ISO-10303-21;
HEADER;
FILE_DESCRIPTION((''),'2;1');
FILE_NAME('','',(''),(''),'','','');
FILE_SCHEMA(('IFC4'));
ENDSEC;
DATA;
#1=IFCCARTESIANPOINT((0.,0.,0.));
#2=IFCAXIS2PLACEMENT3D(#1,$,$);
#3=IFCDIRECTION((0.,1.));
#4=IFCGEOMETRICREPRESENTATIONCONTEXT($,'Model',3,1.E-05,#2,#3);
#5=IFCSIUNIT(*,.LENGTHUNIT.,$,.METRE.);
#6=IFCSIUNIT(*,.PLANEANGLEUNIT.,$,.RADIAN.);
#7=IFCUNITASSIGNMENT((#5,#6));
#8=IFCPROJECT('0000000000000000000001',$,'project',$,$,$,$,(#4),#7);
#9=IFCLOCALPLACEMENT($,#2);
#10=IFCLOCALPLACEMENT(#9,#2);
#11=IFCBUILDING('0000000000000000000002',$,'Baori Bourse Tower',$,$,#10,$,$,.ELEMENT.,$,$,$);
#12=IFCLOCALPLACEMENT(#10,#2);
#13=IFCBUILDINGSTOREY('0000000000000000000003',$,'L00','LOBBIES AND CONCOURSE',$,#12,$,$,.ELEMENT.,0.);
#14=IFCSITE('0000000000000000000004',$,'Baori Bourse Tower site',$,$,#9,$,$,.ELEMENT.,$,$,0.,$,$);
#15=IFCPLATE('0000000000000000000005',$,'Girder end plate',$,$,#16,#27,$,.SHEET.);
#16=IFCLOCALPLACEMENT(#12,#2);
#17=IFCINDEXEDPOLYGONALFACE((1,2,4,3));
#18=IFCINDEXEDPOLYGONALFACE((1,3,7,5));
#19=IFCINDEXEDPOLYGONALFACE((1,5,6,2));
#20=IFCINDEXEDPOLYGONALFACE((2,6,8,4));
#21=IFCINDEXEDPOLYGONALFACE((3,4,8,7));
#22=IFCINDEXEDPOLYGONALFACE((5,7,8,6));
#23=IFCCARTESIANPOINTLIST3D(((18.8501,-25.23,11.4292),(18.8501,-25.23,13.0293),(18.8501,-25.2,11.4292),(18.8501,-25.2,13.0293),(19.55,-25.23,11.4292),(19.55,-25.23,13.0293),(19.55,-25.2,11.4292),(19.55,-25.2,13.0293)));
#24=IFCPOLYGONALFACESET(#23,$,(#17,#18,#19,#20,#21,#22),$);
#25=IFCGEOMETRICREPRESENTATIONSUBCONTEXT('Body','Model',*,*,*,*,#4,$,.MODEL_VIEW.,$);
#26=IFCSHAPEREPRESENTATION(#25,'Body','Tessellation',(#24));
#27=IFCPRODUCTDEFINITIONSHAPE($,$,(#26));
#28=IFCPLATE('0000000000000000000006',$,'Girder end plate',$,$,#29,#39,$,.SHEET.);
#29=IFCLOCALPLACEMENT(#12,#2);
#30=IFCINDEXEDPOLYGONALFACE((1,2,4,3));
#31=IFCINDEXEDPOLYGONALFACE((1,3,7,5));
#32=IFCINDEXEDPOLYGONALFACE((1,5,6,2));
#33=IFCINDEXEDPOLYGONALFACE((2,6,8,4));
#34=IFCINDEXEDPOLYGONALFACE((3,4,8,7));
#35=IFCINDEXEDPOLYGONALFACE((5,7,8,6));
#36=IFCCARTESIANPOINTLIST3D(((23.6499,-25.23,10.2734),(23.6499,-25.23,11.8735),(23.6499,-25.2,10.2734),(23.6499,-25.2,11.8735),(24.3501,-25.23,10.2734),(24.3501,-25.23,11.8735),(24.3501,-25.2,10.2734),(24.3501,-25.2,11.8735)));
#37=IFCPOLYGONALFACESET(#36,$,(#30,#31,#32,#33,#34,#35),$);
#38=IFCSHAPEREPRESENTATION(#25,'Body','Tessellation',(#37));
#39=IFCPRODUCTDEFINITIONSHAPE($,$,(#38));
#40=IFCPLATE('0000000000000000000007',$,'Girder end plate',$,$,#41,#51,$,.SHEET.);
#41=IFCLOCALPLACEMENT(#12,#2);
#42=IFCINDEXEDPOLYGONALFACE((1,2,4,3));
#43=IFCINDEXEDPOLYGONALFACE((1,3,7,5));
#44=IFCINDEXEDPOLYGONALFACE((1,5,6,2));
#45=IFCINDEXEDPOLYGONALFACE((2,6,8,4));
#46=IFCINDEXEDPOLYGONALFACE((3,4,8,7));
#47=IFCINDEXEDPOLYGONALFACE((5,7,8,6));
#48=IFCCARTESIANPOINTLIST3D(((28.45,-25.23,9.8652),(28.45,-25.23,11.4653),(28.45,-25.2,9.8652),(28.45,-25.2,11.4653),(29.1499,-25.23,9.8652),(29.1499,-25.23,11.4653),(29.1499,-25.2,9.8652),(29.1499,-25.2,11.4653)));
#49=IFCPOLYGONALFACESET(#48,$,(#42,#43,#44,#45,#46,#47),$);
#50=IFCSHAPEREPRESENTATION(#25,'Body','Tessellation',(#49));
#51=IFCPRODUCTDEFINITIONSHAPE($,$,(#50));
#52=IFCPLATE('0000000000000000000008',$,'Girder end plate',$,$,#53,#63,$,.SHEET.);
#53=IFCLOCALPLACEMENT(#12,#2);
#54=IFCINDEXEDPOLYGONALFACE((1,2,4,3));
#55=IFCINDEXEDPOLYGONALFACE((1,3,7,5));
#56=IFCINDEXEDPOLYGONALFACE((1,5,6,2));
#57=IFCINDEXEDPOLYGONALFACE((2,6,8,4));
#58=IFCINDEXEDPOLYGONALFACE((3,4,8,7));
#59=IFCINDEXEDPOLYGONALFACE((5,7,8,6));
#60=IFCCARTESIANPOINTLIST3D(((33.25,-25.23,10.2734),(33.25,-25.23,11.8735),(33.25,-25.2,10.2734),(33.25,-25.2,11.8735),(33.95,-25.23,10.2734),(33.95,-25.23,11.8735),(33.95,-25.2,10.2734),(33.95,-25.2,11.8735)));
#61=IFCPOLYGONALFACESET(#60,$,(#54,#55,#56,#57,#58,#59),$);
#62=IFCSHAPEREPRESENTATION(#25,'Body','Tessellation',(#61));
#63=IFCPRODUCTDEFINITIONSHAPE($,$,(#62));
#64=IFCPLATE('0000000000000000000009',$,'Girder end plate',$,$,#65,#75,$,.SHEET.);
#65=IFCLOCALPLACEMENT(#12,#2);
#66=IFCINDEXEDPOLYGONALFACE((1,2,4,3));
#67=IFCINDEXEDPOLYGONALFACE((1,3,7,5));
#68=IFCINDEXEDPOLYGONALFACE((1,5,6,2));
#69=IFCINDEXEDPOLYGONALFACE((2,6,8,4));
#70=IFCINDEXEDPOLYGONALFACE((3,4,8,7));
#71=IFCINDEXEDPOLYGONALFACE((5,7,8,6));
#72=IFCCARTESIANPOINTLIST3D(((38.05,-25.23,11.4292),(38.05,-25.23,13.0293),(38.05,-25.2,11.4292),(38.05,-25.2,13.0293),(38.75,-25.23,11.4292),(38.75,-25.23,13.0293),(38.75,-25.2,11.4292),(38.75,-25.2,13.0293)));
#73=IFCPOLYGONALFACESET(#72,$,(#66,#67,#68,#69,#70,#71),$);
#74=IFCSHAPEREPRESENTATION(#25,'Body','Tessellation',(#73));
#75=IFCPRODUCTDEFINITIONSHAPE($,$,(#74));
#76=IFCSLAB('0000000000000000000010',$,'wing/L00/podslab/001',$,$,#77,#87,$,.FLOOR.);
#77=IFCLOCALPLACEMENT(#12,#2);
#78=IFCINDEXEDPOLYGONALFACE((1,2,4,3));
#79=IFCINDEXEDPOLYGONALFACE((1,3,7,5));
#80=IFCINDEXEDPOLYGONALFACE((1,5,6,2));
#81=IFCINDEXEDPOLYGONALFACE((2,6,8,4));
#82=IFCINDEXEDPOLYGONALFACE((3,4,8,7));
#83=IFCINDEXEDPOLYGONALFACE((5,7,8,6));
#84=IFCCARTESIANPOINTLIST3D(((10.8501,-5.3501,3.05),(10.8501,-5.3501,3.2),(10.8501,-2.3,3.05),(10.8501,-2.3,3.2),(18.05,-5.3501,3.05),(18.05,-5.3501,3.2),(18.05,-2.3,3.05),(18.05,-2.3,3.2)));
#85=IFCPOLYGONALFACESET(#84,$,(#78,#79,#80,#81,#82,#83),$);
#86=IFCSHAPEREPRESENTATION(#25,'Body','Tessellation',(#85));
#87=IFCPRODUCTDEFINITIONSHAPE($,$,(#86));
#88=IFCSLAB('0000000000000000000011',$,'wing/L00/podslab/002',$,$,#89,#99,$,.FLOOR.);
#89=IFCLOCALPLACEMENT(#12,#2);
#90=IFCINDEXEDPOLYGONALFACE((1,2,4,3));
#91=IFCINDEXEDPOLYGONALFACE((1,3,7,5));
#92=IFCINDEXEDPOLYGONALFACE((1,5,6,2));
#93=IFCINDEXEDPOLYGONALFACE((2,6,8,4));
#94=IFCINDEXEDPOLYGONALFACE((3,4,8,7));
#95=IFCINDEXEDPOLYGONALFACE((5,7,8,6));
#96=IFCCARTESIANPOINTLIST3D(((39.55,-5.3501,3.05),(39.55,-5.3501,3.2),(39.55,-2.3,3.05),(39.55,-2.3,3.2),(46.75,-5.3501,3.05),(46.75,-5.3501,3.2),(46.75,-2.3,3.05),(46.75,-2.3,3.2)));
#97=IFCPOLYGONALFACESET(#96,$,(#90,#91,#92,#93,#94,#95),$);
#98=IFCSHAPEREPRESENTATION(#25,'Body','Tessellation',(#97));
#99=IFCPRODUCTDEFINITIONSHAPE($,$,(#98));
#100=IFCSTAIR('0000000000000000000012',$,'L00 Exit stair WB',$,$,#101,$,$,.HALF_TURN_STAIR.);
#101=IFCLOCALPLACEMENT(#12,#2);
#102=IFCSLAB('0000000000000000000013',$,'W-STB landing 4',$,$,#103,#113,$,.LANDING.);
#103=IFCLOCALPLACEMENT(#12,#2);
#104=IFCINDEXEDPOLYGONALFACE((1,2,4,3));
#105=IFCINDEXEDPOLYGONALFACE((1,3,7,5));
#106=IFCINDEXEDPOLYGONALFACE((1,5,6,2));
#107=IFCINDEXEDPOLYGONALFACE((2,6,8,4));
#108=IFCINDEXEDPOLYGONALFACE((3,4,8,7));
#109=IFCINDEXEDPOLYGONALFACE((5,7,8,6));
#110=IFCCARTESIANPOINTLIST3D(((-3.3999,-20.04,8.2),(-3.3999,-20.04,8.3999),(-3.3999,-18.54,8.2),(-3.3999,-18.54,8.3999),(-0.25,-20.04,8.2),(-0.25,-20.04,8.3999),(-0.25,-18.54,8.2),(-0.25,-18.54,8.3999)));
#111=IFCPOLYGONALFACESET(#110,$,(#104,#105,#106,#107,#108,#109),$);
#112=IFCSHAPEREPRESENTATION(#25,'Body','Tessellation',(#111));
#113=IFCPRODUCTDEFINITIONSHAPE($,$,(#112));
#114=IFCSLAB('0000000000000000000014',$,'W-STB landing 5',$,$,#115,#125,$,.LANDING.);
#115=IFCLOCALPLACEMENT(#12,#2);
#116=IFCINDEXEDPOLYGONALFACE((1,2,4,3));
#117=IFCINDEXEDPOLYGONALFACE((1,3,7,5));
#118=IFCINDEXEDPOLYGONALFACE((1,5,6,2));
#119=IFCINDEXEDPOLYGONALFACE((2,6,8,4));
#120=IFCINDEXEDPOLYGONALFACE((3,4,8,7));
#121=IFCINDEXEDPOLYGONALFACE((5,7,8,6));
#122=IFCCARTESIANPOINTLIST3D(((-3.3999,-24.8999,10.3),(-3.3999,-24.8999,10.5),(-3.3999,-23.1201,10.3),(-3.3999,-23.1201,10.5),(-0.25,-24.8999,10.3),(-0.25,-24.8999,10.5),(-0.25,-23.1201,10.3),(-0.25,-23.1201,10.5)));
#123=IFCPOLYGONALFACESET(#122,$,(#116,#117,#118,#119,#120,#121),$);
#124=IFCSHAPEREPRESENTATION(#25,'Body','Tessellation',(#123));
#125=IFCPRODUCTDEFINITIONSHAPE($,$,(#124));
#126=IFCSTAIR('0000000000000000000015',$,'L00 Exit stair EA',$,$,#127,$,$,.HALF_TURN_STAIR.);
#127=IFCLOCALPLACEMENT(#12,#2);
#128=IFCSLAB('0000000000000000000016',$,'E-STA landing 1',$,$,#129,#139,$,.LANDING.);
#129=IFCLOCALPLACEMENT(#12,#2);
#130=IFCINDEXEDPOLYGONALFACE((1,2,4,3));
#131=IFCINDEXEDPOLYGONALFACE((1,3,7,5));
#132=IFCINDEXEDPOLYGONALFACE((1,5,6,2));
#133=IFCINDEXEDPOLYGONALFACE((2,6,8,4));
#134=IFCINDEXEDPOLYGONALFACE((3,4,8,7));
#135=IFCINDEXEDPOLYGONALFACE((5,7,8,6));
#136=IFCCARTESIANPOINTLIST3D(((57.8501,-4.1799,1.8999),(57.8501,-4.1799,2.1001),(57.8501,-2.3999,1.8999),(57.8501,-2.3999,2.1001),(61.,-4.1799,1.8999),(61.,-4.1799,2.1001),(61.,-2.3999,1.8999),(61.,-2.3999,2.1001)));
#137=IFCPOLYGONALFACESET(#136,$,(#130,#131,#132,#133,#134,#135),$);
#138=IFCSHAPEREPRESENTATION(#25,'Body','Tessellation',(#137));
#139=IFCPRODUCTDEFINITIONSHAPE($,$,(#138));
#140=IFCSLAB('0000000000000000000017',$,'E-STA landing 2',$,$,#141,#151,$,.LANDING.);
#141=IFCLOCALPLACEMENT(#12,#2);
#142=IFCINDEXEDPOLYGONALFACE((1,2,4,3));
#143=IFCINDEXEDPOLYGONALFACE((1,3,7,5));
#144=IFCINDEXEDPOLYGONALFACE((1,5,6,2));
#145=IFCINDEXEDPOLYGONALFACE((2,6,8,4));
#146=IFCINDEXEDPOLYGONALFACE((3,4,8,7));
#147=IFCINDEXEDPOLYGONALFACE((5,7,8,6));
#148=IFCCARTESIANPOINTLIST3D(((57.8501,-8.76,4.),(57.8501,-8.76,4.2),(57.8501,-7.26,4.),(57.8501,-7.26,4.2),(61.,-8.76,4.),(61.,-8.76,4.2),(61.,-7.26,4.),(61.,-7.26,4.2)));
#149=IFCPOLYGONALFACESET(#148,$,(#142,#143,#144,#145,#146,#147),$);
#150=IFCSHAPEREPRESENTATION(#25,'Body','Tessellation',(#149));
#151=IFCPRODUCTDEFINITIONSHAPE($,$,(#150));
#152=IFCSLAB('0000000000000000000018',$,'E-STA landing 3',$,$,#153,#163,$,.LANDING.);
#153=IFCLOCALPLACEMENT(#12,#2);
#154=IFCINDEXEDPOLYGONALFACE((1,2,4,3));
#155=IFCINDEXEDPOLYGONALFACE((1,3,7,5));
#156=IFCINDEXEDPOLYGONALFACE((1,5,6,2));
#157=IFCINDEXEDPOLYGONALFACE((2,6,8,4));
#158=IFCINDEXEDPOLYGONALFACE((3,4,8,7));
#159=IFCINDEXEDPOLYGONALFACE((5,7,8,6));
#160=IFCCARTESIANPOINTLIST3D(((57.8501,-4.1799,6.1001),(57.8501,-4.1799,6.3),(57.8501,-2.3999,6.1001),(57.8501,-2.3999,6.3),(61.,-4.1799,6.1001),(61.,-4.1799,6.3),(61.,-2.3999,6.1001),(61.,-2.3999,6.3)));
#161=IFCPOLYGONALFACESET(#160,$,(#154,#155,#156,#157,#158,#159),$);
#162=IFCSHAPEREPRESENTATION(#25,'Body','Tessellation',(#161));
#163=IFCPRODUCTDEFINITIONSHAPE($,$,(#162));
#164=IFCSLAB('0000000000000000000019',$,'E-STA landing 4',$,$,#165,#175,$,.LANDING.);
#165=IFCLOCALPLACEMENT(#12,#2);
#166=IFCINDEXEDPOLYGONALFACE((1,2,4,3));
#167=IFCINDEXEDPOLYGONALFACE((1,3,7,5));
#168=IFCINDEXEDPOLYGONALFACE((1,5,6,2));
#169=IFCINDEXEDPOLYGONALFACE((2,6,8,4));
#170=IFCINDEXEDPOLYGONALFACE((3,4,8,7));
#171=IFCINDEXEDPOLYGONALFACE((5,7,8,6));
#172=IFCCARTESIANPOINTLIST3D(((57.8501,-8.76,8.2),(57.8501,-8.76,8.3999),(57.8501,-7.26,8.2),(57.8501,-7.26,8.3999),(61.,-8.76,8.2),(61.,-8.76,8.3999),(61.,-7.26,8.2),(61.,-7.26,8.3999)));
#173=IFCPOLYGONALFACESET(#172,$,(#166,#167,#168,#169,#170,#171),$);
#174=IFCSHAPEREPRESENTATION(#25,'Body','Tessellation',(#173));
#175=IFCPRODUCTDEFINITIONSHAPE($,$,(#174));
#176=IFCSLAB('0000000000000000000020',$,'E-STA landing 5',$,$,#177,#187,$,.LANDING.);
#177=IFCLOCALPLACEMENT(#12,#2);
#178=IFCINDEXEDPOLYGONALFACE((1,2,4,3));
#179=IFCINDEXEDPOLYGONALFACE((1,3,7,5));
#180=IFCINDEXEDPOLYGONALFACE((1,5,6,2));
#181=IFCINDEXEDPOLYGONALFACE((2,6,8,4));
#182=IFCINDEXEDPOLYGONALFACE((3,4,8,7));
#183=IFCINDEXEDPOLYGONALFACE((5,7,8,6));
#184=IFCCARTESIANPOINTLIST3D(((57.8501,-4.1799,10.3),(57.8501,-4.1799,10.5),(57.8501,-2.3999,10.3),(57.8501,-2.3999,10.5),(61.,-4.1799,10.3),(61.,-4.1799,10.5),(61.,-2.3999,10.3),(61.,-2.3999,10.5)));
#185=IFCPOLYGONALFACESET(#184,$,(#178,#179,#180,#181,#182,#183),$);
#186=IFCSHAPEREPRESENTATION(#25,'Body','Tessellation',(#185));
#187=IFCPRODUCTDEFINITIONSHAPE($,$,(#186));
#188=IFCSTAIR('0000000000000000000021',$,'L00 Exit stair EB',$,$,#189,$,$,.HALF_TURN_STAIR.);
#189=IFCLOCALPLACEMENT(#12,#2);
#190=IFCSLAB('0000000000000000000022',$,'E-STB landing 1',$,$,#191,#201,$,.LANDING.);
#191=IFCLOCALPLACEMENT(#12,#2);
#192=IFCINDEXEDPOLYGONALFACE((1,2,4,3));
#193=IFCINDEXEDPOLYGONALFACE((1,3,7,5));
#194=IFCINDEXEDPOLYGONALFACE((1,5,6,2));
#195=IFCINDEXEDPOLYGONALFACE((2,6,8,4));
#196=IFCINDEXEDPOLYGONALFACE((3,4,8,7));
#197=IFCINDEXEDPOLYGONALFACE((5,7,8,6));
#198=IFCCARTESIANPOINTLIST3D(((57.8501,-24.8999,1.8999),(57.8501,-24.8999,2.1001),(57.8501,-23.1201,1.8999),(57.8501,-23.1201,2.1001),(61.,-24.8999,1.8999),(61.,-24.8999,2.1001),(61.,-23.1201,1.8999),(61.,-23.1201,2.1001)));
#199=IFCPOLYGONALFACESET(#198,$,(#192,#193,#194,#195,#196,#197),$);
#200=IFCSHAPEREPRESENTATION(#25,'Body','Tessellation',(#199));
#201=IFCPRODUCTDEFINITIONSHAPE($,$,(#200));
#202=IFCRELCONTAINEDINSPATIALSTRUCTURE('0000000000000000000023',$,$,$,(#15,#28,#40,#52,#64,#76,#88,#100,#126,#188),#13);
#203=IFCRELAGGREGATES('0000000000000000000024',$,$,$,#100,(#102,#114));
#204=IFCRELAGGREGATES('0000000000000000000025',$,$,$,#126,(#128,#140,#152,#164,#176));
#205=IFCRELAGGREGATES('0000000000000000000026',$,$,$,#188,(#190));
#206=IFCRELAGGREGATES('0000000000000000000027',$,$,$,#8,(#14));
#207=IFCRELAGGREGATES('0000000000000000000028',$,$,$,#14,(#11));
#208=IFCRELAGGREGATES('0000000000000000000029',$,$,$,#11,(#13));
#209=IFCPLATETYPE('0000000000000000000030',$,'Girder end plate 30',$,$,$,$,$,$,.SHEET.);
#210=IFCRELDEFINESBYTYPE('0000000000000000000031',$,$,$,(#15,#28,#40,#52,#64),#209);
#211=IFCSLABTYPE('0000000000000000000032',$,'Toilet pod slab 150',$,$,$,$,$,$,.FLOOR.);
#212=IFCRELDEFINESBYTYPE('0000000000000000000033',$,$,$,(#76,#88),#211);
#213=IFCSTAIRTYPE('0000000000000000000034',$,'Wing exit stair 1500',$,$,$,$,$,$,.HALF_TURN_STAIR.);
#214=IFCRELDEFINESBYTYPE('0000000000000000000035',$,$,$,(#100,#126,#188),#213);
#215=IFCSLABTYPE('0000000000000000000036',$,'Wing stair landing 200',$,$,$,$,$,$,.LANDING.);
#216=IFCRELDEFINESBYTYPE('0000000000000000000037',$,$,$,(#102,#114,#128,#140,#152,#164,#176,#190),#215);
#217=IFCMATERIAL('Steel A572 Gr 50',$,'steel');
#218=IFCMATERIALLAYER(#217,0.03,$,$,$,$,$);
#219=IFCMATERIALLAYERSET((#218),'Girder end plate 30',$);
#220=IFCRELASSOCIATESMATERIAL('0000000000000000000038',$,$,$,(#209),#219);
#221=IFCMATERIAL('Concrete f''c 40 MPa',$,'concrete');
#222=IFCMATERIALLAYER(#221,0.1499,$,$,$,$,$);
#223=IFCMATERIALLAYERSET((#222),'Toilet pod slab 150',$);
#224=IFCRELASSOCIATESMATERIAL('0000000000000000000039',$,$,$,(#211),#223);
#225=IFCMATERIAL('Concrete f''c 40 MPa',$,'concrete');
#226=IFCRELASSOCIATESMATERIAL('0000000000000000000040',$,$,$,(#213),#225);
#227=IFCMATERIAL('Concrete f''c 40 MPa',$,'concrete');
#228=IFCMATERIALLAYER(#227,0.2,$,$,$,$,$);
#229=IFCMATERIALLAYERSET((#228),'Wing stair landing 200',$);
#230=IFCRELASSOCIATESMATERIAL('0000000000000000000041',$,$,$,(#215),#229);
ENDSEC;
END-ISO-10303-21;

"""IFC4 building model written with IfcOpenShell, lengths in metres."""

from ifc_helpers import new_model, si_unit, direction, frame, origin, place, context, subcontext, project, spatial, polyline, outline, extrude, material, layer, layer_set, type_object, element, aggregate, save


model = new_model("IFC4")

# Units and contexts
model_context = context("Model", 3, precision=1e-05, world=origin(), true_north=direction((0.0, 1.0)))
body_context = subcontext(model_context, "Body", "Model", "MODEL_VIEW")
ifc_project = project(units=[si_unit("LENGTHUNIT", "METRE"), si_unit("PLANEANGLEUNIT", "RADIAN")], contexts=[model_context])

# Site, building, storey
site_placement = place(None, origin())
site = spatial("IfcSite", under=ifc_project, at=site_placement, Name="Baori Bourse Tower site", CompositionType="ELEMENT", RefElevation=0.0)
building_placement = place(site_placement, origin())
building = spatial("IfcBuilding", under=site, at=building_placement, Name="Baori Bourse Tower", CompositionType="ELEMENT")
storey_placement = place(building_placement, origin())
storey = spatial("IfcBuildingStorey", under=building, at=storey_placement, Name="L00", Description="LOBBIES AND CONCOURSE", CompositionType="ELEMENT", Elevation=0.0)

# Plates
ifc_material_1 = material(Name="Steel A572 Gr 50", Category="steel")
ifc_layer_1 = layer(ifc_material_1, 0.03)
ifc_layer_set_1 = layer_set([ifc_layer_1], Name="Girder end plate 30")
plate_type = type_object("IfcPlateType", Name="Girder end plate 30", PredefinedType="SHEET", material=ifc_layer_set_1)
plate_1_placement = place(storey_placement, frame((0.0, 0.0, 11.4292)))
element("IfcPlate", 1, at=plate_1_placement, inside=storey, type_object=plate_type, Name="Girder end plate", PredefinedType="SHEET", context=body_context, shape_type="SweptSolid", body=[
    extrude(outline(polyline([(18.8501, -25.23), (19.55, -25.23), (19.55, -25.2), (18.8501, -25.2), (18.8501, -25.23)])), origin(), (0.0, 0.0, 1.0), 1.6001),
])
plate_2_placement = place(storey_placement, frame((0.0, 0.0, 10.2734)))
element("IfcPlate", 2, at=plate_2_placement, inside=storey, type_object=plate_type, Name="Girder end plate", PredefinedType="SHEET", context=body_context, shape_type="SweptSolid", body=[
    extrude(outline(polyline([(23.6499, -25.23), (24.3501, -25.23), (24.3501, -25.2), (23.6499, -25.2), (23.6499, -25.23)])), origin(), (0.0, 0.0, 1.0), 1.6001),
])
plate_3_placement = place(storey_placement, frame((0.0, 0.0, 9.8652)))
element("IfcPlate", 3, at=plate_3_placement, inside=storey, type_object=plate_type, Name="Girder end plate", PredefinedType="SHEET", context=body_context, shape_type="SweptSolid", body=[
    extrude(outline(polyline([(28.45, -25.23), (29.1499, -25.23), (29.1499, -25.2), (28.45, -25.2), (28.45, -25.23)])), origin(), (0.0, 0.0, 1.0), 1.6001),
])
plate_4_placement = place(storey_placement, frame((0.0, 0.0, 10.2734)))
element("IfcPlate", 4, at=plate_4_placement, inside=storey, type_object=plate_type, Name="Girder end plate", PredefinedType="SHEET", context=body_context, shape_type="SweptSolid", body=[
    extrude(outline(polyline([(33.25, -25.23), (33.95, -25.23), (33.95, -25.2), (33.25, -25.2), (33.25, -25.23)])), origin(), (0.0, 0.0, 1.0), 1.6001),
])
plate_5_placement = place(storey_placement, frame((0.0, 0.0, 11.4292)))
element("IfcPlate", 5, at=plate_5_placement, inside=storey, type_object=plate_type, Name="Girder end plate", PredefinedType="SHEET", context=body_context, shape_type="SweptSolid", body=[
    extrude(outline(polyline([(38.05, -25.23), (38.75, -25.23), (38.75, -25.2), (38.05, -25.2), (38.05, -25.23)])), origin(), (0.0, 0.0, 1.0), 1.6001),
])

# Slabs
ifc_material_2 = material(Name="Concrete f'c 40 MPa", Category="concrete")
ifc_layer_2 = layer(ifc_material_2, 0.1499)
ifc_layer_set_2 = layer_set([ifc_layer_2], Name="Toilet pod slab 150")
slab_type_1 = type_object("IfcSlabType", Name="Toilet pod slab 150", PredefinedType="FLOOR", material=ifc_layer_set_2)
slab_1_placement = place(storey_placement, frame((0.0, 0.0, 3.05)))
element("IfcSlab", 6, at=slab_1_placement, inside=storey, type_object=slab_type_1, Name="wing/L00/podslab/001", PredefinedType="FLOOR", context=body_context, shape_type="SweptSolid", body=[
    extrude(outline(polyline([(10.8501, -2.3), (10.8501, -5.3501), (18.05, -5.3501), (18.05, -2.3), (10.8501, -2.3)])), origin(), (0.0, 0.0, 1.0), 0.1499),
])
slab_2_placement = place(storey_placement, frame((0.0, 0.0, 3.05)))
element("IfcSlab", 7, at=slab_2_placement, inside=storey, type_object=slab_type_1, Name="wing/L00/podslab/002", PredefinedType="FLOOR", context=body_context, shape_type="SweptSolid", body=[
    extrude(outline(polyline([(46.75, -2.3), (39.55, -2.3), (39.55, -5.3501), (46.75, -5.3501), (46.75, -2.3)])), origin(), (0.0, 0.0, 1.0), 0.1499),
])

# Stairs, slabs
ifc_material_3 = material(Name="Concrete f'c 40 MPa", Category="concrete")
stair_type = type_object("IfcStairType", Name="Wing exit stair 1500", PredefinedType="HALF_TURN_STAIR", material=ifc_material_3)
stair_1_placement = place(storey_placement, origin())
stair_1 = element("IfcStair", 8, at=stair_1_placement, inside=storey, type_object=stair_type, Name="L00 Exit stair WB", PredefinedType="HALF_TURN_STAIR")
ifc_material_4 = material(Name="Concrete f'c 40 MPa", Category="concrete")
ifc_layer_3 = layer(ifc_material_4, 0.2)
ifc_layer_set_3 = layer_set([ifc_layer_3], Name="Wing stair landing 200")
slab_type_2 = type_object("IfcSlabType", Name="Wing stair landing 200", PredefinedType="LANDING", material=ifc_layer_set_3)
slab_3_placement = place(storey_placement, frame((0.0, 0.0, 8.2)))
slab_3 = element("IfcSlab", 9, at=slab_3_placement, type_object=slab_type_2, Name="W-STB landing 4", PredefinedType="LANDING", context=body_context, shape_type="SweptSolid", body=[
    extrude(outline(polyline([(-3.3999, -18.54), (-3.3999, -20.04), (-0.25, -20.04), (-0.25, -18.54), (-3.3999, -18.54)])), origin(), (0.0, 0.0, 1.0), 0.2),
])
slab_4_placement = place(storey_placement, frame((0.0, 0.0, 10.3)))
slab_4 = element("IfcSlab", 10, at=slab_4_placement, type_object=slab_type_2, Name="W-STB landing 5", PredefinedType="LANDING", context=body_context, shape_type="SweptSolid", body=[
    extrude(outline(polyline([(-3.3999, -23.1201), (-3.3999, -24.8999), (-0.25, -24.8999), (-0.25, -23.1201), (-3.3999, -23.1201)])), origin(), (0.0, 0.0, 1.0), 0.2),
])
aggregate(stair_1, [slab_3, slab_4])
stair_2_placement = place(storey_placement, origin())
stair_2 = element("IfcStair", 11, at=stair_2_placement, inside=storey, type_object=stair_type, Name="L00 Exit stair EA", PredefinedType="HALF_TURN_STAIR")
slab_5_placement = place(storey_placement, frame((0.0, 0.0, 1.8999)))
slab_5 = element("IfcSlab", 12, at=slab_5_placement, type_object=slab_type_2, Name="E-STA landing 1", PredefinedType="LANDING", context=body_context, shape_type="SweptSolid", body=[
    extrude(outline(polyline([(61.0, -4.1799), (61.0, -2.3999), (57.8501, -2.3999), (57.8501, -4.1799), (61.0, -4.1799)])), origin(), (0.0, 0.0, 1.0), 0.2002),
])
slab_6_placement = place(storey_placement, frame((0.0, 0.0, 4.0)))
slab_6 = element("IfcSlab", 13, at=slab_6_placement, type_object=slab_type_2, Name="E-STA landing 2", PredefinedType="LANDING", context=body_context, shape_type="SweptSolid", body=[
    extrude(outline(polyline([(61.0, -8.76), (61.0, -7.26), (57.8501, -7.26), (57.8501, -8.76), (61.0, -8.76)])), origin(), (0.0, 0.0, 1.0), 0.2),
])
slab_7_placement = place(storey_placement, frame((0.0, 0.0, 6.1001)))
slab_7 = element("IfcSlab", 14, at=slab_7_placement, type_object=slab_type_2, Name="E-STA landing 3", PredefinedType="LANDING", context=body_context, shape_type="SweptSolid", body=[
    extrude(outline(polyline([(61.0, -4.1799), (61.0, -2.3999), (57.8501, -2.3999), (57.8501, -4.1799), (61.0, -4.1799)])), origin(), (0.0, 0.0, 1.0), 0.2),
])
slab_8_placement = place(storey_placement, frame((0.0, 0.0, 8.2)))
slab_8 = element("IfcSlab", 15, at=slab_8_placement, type_object=slab_type_2, Name="E-STA landing 4", PredefinedType="LANDING", context=body_context, shape_type="SweptSolid", body=[
    extrude(outline(polyline([(61.0, -8.76), (61.0, -7.26), (57.8501, -7.26), (57.8501, -8.76), (61.0, -8.76)])), origin(), (0.0, 0.0, 1.0), 0.2),
])
slab_9_placement = place(storey_placement, frame((0.0, 0.0, 10.3)))
slab_9 = element("IfcSlab", 16, at=slab_9_placement, type_object=slab_type_2, Name="E-STA landing 5", PredefinedType="LANDING", context=body_context, shape_type="SweptSolid", body=[
    extrude(outline(polyline([(61.0, -4.1799), (61.0, -2.3999), (57.8501, -2.3999), (57.8501, -4.1799), (61.0, -4.1799)])), origin(), (0.0, 0.0, 1.0), 0.2),
])
aggregate(stair_2, [slab_5, slab_6, slab_7, slab_8, slab_9])
stair_3_placement = place(storey_placement, origin())
stair_3 = element("IfcStair", 17, at=stair_3_placement, inside=storey, type_object=stair_type, Name="L00 Exit stair EB", PredefinedType="HALF_TURN_STAIR")
slab_10_placement = place(storey_placement, frame((0.0, 0.0, 1.8999)))
slab_10 = element("IfcSlab", 18, at=slab_10_placement, type_object=slab_type_2, Name="E-STB landing 1", PredefinedType="LANDING", context=body_context, shape_type="SweptSolid", body=[
    extrude(outline(polyline([(57.8501, -23.1201), (57.8501, -24.8999), (61.0, -24.8999), (61.0, -23.1201), (57.8501, -23.1201)])), origin(), (0.0, 0.0, 1.0), 0.2002),
])
aggregate(stair_3, [slab_10])

save(model, "model.ifc")
